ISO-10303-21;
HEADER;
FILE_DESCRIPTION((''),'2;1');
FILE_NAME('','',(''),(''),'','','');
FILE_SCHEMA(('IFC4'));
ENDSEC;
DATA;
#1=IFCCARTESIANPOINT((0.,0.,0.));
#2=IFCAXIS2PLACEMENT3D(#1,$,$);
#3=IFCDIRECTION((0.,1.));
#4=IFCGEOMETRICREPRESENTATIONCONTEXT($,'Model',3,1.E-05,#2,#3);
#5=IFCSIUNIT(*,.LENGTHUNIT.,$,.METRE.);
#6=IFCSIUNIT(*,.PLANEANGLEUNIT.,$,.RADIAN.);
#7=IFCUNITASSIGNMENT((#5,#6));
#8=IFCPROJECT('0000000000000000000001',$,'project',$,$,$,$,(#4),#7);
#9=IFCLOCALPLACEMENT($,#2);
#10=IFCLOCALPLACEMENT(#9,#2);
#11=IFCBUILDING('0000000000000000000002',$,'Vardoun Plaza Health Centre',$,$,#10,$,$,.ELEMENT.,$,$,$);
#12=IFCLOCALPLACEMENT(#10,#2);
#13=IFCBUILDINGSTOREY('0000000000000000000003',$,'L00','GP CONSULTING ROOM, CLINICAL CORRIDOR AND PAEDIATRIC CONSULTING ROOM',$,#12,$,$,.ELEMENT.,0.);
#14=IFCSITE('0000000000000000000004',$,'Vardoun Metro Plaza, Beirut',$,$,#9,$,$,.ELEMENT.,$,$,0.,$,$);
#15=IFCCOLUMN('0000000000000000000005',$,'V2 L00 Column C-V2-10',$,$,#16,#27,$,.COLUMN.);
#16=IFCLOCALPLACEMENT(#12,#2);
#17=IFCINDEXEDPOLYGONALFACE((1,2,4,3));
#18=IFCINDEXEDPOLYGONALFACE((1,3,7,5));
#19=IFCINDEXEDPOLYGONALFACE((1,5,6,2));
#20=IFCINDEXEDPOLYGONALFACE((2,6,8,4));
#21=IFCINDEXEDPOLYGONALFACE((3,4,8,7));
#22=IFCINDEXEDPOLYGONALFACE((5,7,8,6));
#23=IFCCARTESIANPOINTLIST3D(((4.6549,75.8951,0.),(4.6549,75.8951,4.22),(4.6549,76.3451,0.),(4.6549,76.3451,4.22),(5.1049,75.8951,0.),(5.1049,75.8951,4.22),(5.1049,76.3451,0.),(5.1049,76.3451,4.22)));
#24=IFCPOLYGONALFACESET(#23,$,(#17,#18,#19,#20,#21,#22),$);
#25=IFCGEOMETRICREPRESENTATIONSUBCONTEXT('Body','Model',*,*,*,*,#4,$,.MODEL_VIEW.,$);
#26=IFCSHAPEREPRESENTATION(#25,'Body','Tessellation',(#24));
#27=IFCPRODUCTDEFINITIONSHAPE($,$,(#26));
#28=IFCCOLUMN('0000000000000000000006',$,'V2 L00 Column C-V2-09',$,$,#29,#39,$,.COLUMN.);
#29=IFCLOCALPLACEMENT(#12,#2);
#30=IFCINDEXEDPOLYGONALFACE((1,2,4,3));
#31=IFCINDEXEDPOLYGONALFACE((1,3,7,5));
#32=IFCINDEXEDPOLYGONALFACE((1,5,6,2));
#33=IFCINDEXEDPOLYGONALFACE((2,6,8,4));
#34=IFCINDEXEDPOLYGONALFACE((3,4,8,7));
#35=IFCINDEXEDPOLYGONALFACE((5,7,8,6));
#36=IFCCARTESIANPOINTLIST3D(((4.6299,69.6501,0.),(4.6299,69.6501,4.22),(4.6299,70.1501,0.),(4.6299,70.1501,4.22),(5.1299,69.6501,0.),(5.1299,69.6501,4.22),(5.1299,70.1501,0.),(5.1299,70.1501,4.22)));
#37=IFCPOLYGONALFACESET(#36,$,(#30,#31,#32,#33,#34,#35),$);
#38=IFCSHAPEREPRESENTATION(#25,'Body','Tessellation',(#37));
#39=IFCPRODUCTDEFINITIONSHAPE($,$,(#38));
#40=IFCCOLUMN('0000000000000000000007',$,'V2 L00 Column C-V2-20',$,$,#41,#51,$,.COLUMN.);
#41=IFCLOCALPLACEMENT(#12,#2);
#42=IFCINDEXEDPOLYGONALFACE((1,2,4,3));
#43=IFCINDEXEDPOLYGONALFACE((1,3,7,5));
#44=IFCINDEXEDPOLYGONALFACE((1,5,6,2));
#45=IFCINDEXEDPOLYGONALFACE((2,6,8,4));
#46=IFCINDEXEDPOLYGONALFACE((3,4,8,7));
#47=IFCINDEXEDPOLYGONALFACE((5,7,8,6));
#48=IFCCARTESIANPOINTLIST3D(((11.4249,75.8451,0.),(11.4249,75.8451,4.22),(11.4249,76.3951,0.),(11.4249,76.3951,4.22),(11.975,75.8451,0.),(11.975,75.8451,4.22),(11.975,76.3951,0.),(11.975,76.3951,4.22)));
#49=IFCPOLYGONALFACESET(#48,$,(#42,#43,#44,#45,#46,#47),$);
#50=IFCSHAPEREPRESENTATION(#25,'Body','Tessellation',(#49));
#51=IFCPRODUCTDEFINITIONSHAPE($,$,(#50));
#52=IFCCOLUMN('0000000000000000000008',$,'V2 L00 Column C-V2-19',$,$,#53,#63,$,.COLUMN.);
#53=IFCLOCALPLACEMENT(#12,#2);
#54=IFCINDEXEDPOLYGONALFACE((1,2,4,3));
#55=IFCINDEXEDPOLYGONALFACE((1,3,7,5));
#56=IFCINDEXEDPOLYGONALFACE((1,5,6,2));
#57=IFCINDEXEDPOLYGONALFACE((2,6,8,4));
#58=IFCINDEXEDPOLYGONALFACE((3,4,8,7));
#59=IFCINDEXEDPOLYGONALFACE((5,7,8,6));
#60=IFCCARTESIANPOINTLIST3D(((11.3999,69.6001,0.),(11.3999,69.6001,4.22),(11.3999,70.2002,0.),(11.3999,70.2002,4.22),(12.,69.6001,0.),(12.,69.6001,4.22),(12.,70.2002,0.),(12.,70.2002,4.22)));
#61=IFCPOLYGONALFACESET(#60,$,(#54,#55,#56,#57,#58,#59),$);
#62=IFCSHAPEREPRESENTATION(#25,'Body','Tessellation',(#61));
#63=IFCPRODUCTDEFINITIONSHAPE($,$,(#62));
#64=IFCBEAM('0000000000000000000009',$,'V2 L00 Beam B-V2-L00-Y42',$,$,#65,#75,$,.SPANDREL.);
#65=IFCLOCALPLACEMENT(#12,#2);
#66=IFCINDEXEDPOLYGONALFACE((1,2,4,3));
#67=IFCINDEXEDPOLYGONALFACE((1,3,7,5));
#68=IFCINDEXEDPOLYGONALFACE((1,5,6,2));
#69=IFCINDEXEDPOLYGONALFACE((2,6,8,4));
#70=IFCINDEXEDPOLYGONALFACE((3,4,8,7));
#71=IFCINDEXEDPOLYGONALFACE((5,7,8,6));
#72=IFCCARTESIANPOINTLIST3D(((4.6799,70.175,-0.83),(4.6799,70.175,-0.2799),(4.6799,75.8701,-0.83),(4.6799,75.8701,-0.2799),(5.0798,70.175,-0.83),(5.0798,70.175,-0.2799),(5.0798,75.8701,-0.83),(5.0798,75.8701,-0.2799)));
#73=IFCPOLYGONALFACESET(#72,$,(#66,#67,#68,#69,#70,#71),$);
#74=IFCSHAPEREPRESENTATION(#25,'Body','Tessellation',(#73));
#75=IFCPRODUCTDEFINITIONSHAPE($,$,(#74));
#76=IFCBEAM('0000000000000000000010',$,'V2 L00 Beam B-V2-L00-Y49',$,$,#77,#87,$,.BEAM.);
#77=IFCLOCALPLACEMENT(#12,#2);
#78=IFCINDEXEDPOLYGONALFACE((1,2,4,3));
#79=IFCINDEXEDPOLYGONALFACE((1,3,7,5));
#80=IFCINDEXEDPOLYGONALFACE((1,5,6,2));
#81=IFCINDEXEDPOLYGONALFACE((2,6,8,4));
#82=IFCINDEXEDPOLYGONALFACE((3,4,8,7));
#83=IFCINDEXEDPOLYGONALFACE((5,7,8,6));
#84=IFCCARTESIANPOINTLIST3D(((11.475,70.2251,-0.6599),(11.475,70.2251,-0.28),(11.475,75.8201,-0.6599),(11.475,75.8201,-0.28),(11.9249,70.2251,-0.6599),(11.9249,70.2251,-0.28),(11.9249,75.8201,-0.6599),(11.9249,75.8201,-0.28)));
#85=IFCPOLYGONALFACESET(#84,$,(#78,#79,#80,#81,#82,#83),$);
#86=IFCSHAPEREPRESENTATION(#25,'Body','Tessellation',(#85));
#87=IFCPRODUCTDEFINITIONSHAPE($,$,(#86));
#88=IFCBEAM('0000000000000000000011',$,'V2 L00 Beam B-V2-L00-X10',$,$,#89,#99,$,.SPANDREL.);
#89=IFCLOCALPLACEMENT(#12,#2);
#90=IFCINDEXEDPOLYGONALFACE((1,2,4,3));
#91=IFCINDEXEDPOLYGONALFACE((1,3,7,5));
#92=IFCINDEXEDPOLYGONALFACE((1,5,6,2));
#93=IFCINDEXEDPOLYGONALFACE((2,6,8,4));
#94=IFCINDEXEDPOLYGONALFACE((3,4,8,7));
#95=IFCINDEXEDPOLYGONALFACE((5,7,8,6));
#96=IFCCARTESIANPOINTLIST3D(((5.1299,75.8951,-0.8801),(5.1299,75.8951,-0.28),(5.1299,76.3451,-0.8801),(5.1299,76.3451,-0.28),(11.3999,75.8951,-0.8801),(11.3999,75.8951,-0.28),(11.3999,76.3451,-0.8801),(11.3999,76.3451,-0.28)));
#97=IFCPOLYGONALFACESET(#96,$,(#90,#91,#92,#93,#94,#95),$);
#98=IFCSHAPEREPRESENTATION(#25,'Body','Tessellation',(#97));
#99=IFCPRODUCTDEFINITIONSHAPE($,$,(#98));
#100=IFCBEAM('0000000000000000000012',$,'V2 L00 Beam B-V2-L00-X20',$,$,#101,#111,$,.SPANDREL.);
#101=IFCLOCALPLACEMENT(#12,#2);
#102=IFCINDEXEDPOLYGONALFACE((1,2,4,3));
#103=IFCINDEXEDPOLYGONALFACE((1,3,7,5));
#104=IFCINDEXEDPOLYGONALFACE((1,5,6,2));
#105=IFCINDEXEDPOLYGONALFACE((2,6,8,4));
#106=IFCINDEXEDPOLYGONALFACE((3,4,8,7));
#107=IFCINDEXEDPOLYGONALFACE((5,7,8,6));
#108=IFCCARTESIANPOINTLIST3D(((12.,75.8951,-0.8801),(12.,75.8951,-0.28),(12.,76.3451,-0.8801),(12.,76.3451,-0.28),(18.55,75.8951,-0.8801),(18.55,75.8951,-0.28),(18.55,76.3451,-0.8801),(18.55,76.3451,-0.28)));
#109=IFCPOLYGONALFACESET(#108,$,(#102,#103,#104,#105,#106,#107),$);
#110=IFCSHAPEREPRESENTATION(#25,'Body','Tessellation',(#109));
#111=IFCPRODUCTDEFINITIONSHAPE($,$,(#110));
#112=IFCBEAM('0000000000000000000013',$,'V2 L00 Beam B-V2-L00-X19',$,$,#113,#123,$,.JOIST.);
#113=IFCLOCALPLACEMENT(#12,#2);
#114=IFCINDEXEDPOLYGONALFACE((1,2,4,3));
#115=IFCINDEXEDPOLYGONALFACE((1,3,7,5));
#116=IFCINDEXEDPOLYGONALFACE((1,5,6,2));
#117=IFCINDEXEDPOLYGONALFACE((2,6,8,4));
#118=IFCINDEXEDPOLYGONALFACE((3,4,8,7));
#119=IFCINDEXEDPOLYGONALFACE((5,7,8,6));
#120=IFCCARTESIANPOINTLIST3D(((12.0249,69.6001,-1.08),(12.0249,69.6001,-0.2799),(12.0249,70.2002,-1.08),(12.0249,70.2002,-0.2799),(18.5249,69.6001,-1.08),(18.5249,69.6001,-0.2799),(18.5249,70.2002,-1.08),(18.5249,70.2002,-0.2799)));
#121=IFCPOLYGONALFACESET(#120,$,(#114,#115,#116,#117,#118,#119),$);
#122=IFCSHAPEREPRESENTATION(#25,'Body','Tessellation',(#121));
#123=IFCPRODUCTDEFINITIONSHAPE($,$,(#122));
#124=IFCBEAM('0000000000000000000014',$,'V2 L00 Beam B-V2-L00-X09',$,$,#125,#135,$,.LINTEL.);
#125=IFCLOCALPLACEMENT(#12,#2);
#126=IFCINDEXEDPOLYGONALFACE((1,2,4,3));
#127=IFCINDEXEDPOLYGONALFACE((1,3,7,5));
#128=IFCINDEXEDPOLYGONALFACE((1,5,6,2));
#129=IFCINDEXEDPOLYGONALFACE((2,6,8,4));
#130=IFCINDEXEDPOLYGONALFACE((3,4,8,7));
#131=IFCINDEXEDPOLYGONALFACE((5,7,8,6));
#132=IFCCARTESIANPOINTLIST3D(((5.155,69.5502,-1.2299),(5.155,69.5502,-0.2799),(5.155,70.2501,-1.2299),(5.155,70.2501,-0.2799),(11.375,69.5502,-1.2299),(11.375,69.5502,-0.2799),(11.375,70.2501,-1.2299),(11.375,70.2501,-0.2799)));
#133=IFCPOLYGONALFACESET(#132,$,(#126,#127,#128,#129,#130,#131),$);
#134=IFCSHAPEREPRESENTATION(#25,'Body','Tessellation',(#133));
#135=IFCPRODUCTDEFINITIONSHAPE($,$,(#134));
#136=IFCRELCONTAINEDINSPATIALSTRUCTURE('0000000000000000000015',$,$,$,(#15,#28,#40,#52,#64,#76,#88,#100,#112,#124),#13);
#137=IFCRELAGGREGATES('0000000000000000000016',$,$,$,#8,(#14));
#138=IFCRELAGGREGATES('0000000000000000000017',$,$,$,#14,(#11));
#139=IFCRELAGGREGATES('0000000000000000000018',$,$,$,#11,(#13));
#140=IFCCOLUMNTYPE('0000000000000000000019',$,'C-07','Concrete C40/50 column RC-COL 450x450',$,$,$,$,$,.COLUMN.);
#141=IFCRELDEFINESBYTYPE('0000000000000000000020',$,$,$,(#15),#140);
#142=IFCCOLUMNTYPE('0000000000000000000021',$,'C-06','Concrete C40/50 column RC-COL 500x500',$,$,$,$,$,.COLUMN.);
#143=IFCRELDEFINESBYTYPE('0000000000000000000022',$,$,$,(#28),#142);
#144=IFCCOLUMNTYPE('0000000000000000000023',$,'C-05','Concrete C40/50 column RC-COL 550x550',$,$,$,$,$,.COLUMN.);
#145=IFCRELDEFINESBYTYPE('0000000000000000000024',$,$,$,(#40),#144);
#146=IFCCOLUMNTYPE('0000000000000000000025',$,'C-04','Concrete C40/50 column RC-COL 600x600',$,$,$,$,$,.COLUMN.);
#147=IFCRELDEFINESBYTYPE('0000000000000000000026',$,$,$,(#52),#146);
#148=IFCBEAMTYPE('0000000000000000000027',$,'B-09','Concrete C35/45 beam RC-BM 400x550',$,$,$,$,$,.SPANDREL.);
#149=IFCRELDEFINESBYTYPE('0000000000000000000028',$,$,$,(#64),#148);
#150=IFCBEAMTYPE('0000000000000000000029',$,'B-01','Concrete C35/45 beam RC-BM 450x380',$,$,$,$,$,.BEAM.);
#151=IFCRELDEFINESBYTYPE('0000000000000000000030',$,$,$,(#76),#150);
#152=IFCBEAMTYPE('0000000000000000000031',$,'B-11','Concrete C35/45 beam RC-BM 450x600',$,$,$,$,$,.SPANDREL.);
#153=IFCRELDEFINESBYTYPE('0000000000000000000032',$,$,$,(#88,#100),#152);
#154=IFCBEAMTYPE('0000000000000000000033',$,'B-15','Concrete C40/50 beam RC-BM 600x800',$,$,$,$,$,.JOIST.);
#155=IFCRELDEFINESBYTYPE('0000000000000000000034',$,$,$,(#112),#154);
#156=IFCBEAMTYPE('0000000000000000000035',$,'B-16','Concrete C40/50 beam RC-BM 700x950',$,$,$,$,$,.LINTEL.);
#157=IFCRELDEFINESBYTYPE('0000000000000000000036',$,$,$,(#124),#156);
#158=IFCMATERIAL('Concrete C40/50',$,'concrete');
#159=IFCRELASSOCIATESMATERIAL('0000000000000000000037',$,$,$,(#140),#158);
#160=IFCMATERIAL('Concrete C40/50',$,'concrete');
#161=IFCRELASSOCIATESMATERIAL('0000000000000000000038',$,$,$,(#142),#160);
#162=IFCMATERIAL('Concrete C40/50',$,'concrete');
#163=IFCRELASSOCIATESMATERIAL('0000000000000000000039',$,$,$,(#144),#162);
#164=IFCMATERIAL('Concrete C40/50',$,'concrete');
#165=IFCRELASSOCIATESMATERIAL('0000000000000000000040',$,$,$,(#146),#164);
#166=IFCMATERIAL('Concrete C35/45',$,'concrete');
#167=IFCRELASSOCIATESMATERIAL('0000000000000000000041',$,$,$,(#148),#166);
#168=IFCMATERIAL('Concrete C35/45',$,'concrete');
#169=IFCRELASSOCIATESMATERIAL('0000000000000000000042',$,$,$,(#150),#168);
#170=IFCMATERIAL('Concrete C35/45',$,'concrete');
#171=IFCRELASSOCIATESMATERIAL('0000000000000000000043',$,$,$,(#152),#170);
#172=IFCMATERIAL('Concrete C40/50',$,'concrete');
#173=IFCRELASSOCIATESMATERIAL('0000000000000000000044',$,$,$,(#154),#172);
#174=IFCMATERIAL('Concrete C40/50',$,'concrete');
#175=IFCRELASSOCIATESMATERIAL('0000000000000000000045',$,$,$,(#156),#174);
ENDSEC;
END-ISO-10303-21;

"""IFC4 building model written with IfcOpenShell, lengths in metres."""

from ifc_helpers import new_model, si_unit, direction, frame, origin, origin_2d, place, context, subcontext, project, spatial, rectangle, extrude, material, material_profile, profile_set, type_object, element, save


model = new_model("IFC4")

# Units and contexts
model_context = context("Model", 3, precision=1e-05, world=origin(), true_north=direction((0.0, 1.0)))
body_context = subcontext(model_context, "Body", "Model", "MODEL_VIEW")
ifc_project = project(units=[si_unit("LENGTHUNIT", "METRE"), si_unit("PLANEANGLEUNIT", "RADIAN")], contexts=[model_context])

# Site, building, storey
site_placement = place(None, origin())
site = spatial("IfcSite", under=ifc_project, at=site_placement, Name="Vardoun Metro Plaza, Beirut", CompositionType="ELEMENT", RefElevation=0.0)
building_placement = place(site_placement, origin())
building = spatial("IfcBuilding", under=site, at=building_placement, Name="Vardoun Plaza Health Centre", CompositionType="ELEMENT")
storey_placement = place(building_placement, origin())
storey = spatial("IfcBuildingStorey", under=building, at=storey_placement, Name="L00", Description="GP CONSULTING ROOM, CLINICAL CORRIDOR AND PAEDIATRIC CONSULTING ROOM", CompositionType="ELEMENT", Elevation=0.0)

# Columns
ifc_material_1 = material(Name="Concrete C40/50", Category="concrete")
ifc_material_profile_1 = material_profile(ifc_material_1, rectangle(XDim=0.45, YDim=0.45, at=origin_2d()), Name="RC-COL 450x450")
ifc_profile_set_1 = profile_set([ifc_material_profile_1], Name="Concrete C40/50")
column_type_1 = type_object("IfcColumnType", Name="C-07", Description="Concrete C40/50 column RC-COL 450x450", PredefinedType="COLUMN", material=ifc_profile_set_1)
column_1_placement = place(storey_placement, frame((4.8799, 76.1201, 0.0), z_axis=(0.0, 0.0, 1.0), x_axis=(1.0, 0.0, 0.0)))
element("IfcColumn", 1, at=column_1_placement, inside=storey, type_object=column_type_1, Name="V2 L00 Column C-V2-10", PredefinedType="COLUMN", context=body_context, shape_type="SweptSolid", body=[
    extrude(rectangle(XDim=0.45, YDim=0.45, at=origin_2d()), origin(), (0.0, 0.0, 1.0), 4.22),
])
ifc_material_2 = material(Name="Concrete C40/50", Category="concrete")
ifc_material_profile_2 = material_profile(ifc_material_2, rectangle(XDim=0.5, YDim=0.5, at=origin_2d()), Name="RC-COL 500x500")
ifc_profile_set_2 = profile_set([ifc_material_profile_2], Name="Concrete C40/50")
column_type_2 = type_object("IfcColumnType", Name="C-06", Description="Concrete C40/50 column RC-COL 500x500", PredefinedType="COLUMN", material=ifc_profile_set_2)
column_2_placement = place(storey_placement, frame((4.8799, 69.9001, 0.0), z_axis=(0.0, 0.0, 1.0), x_axis=(1.0, 0.0, 0.0)))
element("IfcColumn", 2, at=column_2_placement, inside=storey, type_object=column_type_2, Name="V2 L00 Column C-V2-09", PredefinedType="COLUMN", context=body_context, shape_type="SweptSolid", body=[
    extrude(rectangle(XDim=0.5, YDim=0.5, at=origin_2d()), origin(), (0.0, 0.0, 1.0), 4.22),
])
ifc_material_3 = material(Name="Concrete C40/50", Category="concrete")
ifc_material_profile_3 = material_profile(ifc_material_3, rectangle(XDim=0.55, YDim=0.55, at=origin_2d()), Name="RC-COL 550x550")
ifc_profile_set_3 = profile_set([ifc_material_profile_3], Name="Concrete C40/50")
column_type_3 = type_object("IfcColumnType", Name="C-05", Description="Concrete C40/50 column RC-COL 550x550", PredefinedType="COLUMN", material=ifc_profile_set_3)
column_3_placement = place(storey_placement, frame((11.7, 76.1201, 0.0), z_axis=(0.0, 0.0, 1.0), x_axis=(1.0, 0.0, 0.0)))
element("IfcColumn", 3, at=column_3_placement, inside=storey, type_object=column_type_3, Name="V2 L00 Column C-V2-20", PredefinedType="COLUMN", context=body_context, shape_type="SweptSolid", body=[
    extrude(rectangle(XDim=0.55, YDim=0.55, at=origin_2d()), origin(), (0.0, 0.0, 1.0), 4.22),
])
ifc_material_4 = material(Name="Concrete C40/50", Category="concrete")
ifc_material_profile_4 = material_profile(ifc_material_4, rectangle(XDim=0.6001, YDim=0.6001, at=origin_2d()), Name="RC-COL 600x600")
ifc_profile_set_4 = profile_set([ifc_material_profile_4], Name="Concrete C40/50")
column_type_4 = type_object("IfcColumnType", Name="C-04", Description="Concrete C40/50 column RC-COL 600x600", PredefinedType="COLUMN", material=ifc_profile_set_4)
column_4_placement = place(storey_placement, frame((11.7, 69.9001, 0.0), z_axis=(0.0, 0.0, 1.0), x_axis=(1.0, 0.0, 0.0)))
element("IfcColumn", 4, at=column_4_placement, inside=storey, type_object=column_type_4, Name="V2 L00 Column C-V2-19", PredefinedType="COLUMN", context=body_context, shape_type="SweptSolid", body=[
    extrude(rectangle(XDim=0.6001, YDim=0.6001, at=origin_2d()), origin(), (0.0, 0.0, 1.0), 4.22),
])

# Beams
ifc_material_5 = material(Name="Concrete C35/45", Category="concrete")
ifc_material_profile_5 = material_profile(ifc_material_5, rectangle(XDim=0.3999, YDim=0.55, at=origin_2d()), Name="RC-BM 400x550")
ifc_profile_set_5 = profile_set([ifc_material_profile_5], Name="Concrete C35/45")
beam_type_1 = type_object("IfcBeamType", Name="B-09", Description="Concrete C35/45 beam RC-BM 400x550", PredefinedType="SPANDREL", material=ifc_profile_set_5)
beam_1_placement = place(storey_placement, frame((4.8799, 70.175, -0.5549), z_axis=(0.0, 1.0, 0.0), x_axis=(-1.0, 0.0, 0.0)))
element("IfcBeam", 5, at=beam_1_placement, inside=storey, type_object=beam_type_1, Name="V2 L00 Beam B-V2-L00-Y42", PredefinedType="SPANDREL", context=body_context, shape_type="SweptSolid", body=[
    extrude(rectangle(XDim=0.3999, YDim=0.55, at=origin_2d()), origin(), (0.0, 0.0, 1.0), 5.6951),
])
ifc_material_6 = material(Name="Concrete C35/45", Category="concrete")
ifc_material_profile_6 = material_profile(ifc_material_6, rectangle(XDim=0.45, YDim=0.3799, at=origin_2d()), Name="RC-BM 450x380")
ifc_profile_set_6 = profile_set([ifc_material_profile_6], Name="Concrete C35/45")
beam_type_2 = type_object("IfcBeamType", Name="B-01", Description="Concrete C35/45 beam RC-BM 450x380", PredefinedType="BEAM", material=ifc_profile_set_6)
beam_2_placement = place(storey_placement, frame((11.7, 70.2251, -0.47), z_axis=(0.0, 1.0, 0.0), x_axis=(-1.0, 0.0, 0.0)))
element("IfcBeam", 6, at=beam_2_placement, inside=storey, type_object=beam_type_2, Name="V2 L00 Beam B-V2-L00-Y49", PredefinedType="BEAM", context=body_context, shape_type="SweptSolid", body=[
    extrude(rectangle(XDim=0.45, YDim=0.3799, at=origin_2d()), origin(), (0.0, 0.0, 1.0), 5.595),
])
ifc_material_7 = material(Name="Concrete C35/45", Category="concrete")
ifc_material_profile_7 = material_profile(ifc_material_7, rectangle(XDim=0.45, YDim=0.6001, at=origin_2d()), Name="RC-BM 450x600")
ifc_profile_set_7 = profile_set([ifc_material_profile_7], Name="Concrete C35/45")
beam_type_3 = type_object("IfcBeamType", Name="B-11", Description="Concrete C35/45 beam RC-BM 450x600", PredefinedType="SPANDREL", material=ifc_profile_set_7)
beam_3_placement = place(storey_placement, frame((5.1299, 76.1201, -0.5801), z_axis=(1.0, 0.0, 0.0), x_axis=(0.0, 1.0, 0.0)))
element("IfcBeam", 7, at=beam_3_placement, inside=storey, type_object=beam_type_3, Name="V2 L00 Beam B-V2-L00-X10", PredefinedType="SPANDREL", context=body_context, shape_type="SweptSolid", body=[
    extrude(rectangle(XDim=0.45, YDim=0.6001, at=origin_2d()), origin(), (0.0, 0.0, 1.0), 6.27),
])
beam_4_placement = place(storey_placement, frame((12.0, 76.1201, -0.5801), z_axis=(1.0, 0.0, 0.0), x_axis=(0.0, 1.0, 0.0)))
element("IfcBeam", 8, at=beam_4_placement, inside=storey, type_object=beam_type_3, Name="V2 L00 Beam B-V2-L00-X20", PredefinedType="SPANDREL", context=body_context, shape_type="SweptSolid", body=[
    extrude(rectangle(XDim=0.45, YDim=0.6001, at=origin_2d()), origin(), (0.0, 0.0, 1.0), 6.55),
])
ifc_material_8 = material(Name="Concrete C40/50", Category="concrete")
ifc_material_profile_8 = material_profile(ifc_material_8, rectangle(XDim=0.6001, YDim=0.8, at=origin_2d()), Name="RC-BM 600x800")
ifc_profile_set_8 = profile_set([ifc_material_profile_8], Name="Concrete C40/50")
beam_type_4 = type_object("IfcBeamType", Name="B-15", Description="Concrete C40/50 beam RC-BM 600x800", PredefinedType="JOIST", material=ifc_profile_set_8)
beam_5_placement = place(storey_placement, frame((12.0249, 69.9001, -0.6799), z_axis=(1.0, 0.0, 0.0), x_axis=(0.0, 1.0, 0.0)))
element("IfcBeam", 9, at=beam_5_placement, inside=storey, type_object=beam_type_4, Name="V2 L00 Beam B-V2-L00-X19", PredefinedType="JOIST", context=body_context, shape_type="SweptSolid", body=[
    extrude(rectangle(XDim=0.6001, YDim=0.8, at=origin_2d()), origin(), (0.0, 0.0, 1.0), 6.5),
])
ifc_material_9 = material(Name="Concrete C40/50", Category="concrete")
ifc_material_profile_9 = material_profile(ifc_material_9, rectangle(XDim=0.7, YDim=0.95, at=origin_2d()), Name="RC-BM 700x950")
ifc_profile_set_9 = profile_set([ifc_material_profile_9], Name="Concrete C40/50")
beam_type_5 = type_object("IfcBeamType", Name="B-16", Description="Concrete C40/50 beam RC-BM 700x950", PredefinedType="LINTEL", material=ifc_profile_set_9)
beam_6_placement = place(storey_placement, frame((5.155, 69.9001, -0.7549), z_axis=(1.0, 0.0, 0.0), x_axis=(0.0, 1.0, 0.0)))
element("IfcBeam", 10, at=beam_6_placement, inside=storey, type_object=beam_type_5, Name="V2 L00 Beam B-V2-L00-X09", PredefinedType="LINTEL", context=body_context, shape_type="SweptSolid", body=[
    extrude(rectangle(XDim=0.7, YDim=0.95, at=origin_2d()), origin(), (0.0, 0.0, 1.0), 6.22),
])

save(model, "model.ifc")
